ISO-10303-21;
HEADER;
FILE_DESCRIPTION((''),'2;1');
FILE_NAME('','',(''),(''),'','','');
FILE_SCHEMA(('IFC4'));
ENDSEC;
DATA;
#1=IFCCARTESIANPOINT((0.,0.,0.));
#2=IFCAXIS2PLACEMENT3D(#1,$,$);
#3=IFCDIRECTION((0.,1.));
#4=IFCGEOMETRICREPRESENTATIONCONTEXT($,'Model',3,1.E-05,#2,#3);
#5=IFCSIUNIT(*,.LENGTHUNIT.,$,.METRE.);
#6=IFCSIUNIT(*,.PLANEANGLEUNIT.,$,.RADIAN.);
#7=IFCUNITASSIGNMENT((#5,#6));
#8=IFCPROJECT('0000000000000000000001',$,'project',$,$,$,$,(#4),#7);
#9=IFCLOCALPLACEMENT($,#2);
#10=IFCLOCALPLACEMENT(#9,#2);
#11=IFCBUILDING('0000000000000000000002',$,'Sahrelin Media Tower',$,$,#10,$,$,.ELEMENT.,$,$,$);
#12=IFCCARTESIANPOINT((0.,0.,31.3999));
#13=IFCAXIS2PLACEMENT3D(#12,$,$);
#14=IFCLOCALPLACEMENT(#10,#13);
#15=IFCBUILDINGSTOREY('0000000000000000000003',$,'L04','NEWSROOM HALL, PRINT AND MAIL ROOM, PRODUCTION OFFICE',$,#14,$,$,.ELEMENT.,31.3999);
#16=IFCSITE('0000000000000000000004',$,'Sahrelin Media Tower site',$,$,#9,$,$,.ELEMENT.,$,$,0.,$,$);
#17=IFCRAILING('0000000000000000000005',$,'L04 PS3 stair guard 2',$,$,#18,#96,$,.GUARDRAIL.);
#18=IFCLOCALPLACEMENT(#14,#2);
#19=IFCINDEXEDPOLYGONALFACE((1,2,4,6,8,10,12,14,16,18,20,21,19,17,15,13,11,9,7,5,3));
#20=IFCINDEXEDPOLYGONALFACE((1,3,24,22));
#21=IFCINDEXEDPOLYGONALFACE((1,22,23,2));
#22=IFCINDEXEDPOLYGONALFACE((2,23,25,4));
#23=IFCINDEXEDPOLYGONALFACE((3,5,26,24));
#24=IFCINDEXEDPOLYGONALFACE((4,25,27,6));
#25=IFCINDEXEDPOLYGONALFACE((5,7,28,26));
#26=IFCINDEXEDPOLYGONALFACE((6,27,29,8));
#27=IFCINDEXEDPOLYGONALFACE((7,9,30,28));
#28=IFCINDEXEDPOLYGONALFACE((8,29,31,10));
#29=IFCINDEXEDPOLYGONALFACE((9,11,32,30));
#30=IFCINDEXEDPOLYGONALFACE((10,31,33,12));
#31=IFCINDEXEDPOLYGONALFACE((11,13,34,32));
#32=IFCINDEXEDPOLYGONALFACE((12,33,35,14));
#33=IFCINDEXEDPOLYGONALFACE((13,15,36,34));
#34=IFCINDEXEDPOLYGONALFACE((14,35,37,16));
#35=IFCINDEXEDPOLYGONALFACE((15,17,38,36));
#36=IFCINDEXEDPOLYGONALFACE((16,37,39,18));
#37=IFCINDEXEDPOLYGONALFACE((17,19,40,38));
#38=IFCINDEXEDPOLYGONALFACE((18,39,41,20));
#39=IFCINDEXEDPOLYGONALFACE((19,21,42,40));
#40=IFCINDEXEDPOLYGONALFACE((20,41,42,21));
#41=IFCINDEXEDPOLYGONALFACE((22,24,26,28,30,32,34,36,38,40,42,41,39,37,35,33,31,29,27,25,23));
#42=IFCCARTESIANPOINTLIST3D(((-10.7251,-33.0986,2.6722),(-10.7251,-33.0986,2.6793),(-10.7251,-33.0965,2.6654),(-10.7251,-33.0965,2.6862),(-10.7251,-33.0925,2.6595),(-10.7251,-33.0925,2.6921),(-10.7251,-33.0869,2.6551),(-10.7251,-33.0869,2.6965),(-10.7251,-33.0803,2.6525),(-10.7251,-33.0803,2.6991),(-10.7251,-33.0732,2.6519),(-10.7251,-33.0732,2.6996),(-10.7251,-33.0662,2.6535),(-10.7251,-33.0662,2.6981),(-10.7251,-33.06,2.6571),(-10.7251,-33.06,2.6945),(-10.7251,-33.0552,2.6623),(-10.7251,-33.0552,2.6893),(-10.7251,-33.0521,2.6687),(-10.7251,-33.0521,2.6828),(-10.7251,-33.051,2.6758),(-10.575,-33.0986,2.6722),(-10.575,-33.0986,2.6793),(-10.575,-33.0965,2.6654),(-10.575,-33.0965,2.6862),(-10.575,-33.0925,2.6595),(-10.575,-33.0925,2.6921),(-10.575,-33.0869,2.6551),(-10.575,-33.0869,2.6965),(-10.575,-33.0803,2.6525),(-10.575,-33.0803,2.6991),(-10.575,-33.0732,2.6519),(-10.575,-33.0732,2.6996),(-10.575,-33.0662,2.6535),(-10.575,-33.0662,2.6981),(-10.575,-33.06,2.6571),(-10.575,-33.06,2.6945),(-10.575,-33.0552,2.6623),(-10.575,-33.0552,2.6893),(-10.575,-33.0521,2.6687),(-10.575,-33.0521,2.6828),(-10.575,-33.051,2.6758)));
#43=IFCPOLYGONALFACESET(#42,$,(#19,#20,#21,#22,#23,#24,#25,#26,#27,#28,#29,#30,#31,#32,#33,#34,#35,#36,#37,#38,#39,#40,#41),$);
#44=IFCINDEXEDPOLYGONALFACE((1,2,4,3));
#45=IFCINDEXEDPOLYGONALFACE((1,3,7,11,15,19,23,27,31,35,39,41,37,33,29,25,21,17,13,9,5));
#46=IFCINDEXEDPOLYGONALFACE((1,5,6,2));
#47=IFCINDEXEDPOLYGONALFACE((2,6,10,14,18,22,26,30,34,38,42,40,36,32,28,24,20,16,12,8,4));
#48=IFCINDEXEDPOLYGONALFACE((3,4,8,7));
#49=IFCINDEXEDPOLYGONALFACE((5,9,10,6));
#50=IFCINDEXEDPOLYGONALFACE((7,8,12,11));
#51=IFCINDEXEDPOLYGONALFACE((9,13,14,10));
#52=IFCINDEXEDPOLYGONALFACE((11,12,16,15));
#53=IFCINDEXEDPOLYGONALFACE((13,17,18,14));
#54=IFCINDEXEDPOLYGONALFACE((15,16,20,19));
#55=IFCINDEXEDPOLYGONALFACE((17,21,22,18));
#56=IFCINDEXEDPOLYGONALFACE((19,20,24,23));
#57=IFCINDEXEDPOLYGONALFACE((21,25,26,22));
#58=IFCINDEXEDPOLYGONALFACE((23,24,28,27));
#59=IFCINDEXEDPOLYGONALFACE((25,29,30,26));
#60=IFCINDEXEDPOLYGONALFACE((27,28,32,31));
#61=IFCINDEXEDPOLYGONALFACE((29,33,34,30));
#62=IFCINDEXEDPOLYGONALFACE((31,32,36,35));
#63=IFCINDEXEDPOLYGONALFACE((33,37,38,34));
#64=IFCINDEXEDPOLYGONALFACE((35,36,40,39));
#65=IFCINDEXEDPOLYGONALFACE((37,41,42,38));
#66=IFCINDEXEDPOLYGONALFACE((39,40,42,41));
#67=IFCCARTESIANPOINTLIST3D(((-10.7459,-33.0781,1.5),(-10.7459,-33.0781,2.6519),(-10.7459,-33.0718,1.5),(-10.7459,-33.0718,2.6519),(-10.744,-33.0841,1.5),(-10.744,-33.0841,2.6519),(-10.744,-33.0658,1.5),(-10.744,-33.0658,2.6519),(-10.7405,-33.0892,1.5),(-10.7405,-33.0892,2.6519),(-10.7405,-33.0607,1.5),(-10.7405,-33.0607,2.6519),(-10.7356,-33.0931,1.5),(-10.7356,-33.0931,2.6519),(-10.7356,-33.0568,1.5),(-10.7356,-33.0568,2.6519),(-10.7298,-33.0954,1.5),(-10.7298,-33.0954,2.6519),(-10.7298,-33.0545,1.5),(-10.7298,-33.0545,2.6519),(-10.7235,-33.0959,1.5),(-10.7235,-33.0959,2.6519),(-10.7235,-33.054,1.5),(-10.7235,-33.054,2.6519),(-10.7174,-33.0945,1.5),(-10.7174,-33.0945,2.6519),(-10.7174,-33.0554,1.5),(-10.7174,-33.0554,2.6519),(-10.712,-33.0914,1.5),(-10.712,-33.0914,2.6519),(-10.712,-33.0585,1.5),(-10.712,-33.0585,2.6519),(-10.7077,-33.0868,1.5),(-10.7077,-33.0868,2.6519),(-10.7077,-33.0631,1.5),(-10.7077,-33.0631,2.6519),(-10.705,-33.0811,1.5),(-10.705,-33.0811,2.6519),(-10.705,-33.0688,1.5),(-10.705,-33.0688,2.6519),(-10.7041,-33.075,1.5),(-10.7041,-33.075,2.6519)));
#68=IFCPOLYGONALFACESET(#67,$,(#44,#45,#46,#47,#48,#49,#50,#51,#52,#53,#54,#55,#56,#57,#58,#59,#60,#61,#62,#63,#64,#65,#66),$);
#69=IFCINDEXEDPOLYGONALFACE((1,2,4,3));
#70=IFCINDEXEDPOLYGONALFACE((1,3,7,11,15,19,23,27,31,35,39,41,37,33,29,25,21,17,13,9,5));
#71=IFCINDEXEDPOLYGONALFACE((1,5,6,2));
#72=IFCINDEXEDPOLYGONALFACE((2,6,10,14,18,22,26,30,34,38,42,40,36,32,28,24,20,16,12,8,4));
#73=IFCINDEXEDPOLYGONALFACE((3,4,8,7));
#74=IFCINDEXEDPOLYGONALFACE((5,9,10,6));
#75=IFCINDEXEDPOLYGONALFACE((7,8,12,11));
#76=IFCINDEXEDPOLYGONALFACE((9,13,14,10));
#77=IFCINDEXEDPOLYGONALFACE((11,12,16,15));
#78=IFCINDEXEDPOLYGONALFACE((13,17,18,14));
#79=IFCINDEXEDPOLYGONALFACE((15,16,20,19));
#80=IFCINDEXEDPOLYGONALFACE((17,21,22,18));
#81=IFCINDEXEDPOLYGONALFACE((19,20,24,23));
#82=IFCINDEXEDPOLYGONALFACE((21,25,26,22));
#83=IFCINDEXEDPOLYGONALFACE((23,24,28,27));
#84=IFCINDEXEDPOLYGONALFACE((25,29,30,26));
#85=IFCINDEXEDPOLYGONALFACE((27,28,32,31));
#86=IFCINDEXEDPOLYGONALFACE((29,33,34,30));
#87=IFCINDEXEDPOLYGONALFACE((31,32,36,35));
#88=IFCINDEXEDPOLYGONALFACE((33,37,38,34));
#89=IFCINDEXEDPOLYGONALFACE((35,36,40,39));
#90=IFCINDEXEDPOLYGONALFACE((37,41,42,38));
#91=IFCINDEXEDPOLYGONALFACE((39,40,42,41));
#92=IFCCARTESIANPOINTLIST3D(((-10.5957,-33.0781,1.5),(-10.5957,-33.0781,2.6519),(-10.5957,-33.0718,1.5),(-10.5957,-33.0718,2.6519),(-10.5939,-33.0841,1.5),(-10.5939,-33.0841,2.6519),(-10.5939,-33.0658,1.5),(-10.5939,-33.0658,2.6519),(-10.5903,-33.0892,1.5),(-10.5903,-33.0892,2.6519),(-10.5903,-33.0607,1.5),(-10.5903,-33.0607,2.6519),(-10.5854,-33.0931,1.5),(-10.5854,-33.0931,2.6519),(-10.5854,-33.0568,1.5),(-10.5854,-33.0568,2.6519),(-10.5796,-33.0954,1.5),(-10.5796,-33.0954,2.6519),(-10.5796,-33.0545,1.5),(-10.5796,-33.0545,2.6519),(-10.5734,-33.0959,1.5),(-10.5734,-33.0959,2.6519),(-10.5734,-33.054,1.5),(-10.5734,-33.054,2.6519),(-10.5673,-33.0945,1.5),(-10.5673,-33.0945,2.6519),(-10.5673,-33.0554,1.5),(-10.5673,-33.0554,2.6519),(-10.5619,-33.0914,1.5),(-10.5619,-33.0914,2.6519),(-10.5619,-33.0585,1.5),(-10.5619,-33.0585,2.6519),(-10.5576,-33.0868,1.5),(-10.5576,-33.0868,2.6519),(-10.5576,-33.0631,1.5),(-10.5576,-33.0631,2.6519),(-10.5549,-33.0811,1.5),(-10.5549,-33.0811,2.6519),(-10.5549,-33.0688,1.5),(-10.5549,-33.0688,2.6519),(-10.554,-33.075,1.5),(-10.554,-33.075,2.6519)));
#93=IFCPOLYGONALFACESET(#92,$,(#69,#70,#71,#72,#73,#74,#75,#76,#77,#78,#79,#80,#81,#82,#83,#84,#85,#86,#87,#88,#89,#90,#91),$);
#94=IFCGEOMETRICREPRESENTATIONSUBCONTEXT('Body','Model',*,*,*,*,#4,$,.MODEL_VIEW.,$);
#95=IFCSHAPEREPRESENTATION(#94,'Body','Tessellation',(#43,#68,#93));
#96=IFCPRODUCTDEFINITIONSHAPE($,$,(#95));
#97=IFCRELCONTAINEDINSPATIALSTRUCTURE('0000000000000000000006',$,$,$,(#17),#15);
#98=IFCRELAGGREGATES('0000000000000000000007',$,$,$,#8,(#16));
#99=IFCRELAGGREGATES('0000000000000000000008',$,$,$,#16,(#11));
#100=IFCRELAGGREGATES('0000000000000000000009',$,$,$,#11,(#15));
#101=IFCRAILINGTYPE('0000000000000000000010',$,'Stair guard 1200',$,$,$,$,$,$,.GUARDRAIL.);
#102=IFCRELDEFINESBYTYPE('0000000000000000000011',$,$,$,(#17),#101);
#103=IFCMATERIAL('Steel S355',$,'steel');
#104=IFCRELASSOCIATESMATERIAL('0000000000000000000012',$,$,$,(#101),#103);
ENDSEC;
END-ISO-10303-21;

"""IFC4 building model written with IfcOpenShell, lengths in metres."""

from ifc_helpers import new_model, si_unit, direction, frame, origin, origin_2d, place, context, subcontext, project, spatial, circle, extrude, material, type_object, element, save


model = new_model("IFC4")

# Units and contexts
model_context = context("Model", 3, precision=1e-05, world=origin(), true_north=direction((0.0, 1.0)))
body_context = subcontext(model_context, "Body", "Model", "MODEL_VIEW")
ifc_project = project(units=[si_unit("LENGTHUNIT", "METRE"), si_unit("PLANEANGLEUNIT", "RADIAN")], contexts=[model_context])

# Site, building, storey
site_placement = place(None, origin())
site = spatial("IfcSite", under=ifc_project, at=site_placement, Name="Sahrelin Media Tower site", CompositionType="ELEMENT", RefElevation=0.0)
building_placement = place(site_placement, origin())
building = spatial("IfcBuilding", under=site, at=building_placement, Name="Sahrelin Media Tower", CompositionType="ELEMENT")
storey_placement = place(building_placement, frame((0.0, 0.0, 31.3999)))
storey = spatial("IfcBuildingStorey", under=building, at=storey_placement, Name="L04", Description="NEWSROOM HALL, PRINT AND MAIL ROOM, PRODUCTION OFFICE", CompositionType="ELEMENT", Elevation=31.3999)

# Shared definitions
ifc_material_1 = material(Name="Steel S355", Category="steel")

# Railing
railing_type_1 = type_object("IfcRailingType", Name="Stair guard 1200", PredefinedType="GUARDRAIL", material=ifc_material_1)
railing_1_placement = place(storey_placement, frame((-10.7251, -33.075, 1.5)))
element("IfcRailing", 1, at=railing_1_placement, inside=storey, type_object=railing_type_1, Name="L04 PS3 stair guard 2", PredefinedType="GUARDRAIL", context=body_context, shape_type="SweptSolid", body=[
    extrude(circle(Radius=0.0239, at=origin_2d()), frame((0.0, 0.0, 1.1758), z_axis=(1.0, 0.0, 0.0), x_axis=(0.0, 1.0, 0.0)), (0.0, 0.0, 1.0), 0.1501),
    extrude(circle(Radius=0.021, at=origin_2d()), origin(), (0.0, 0.0, 1.0), 1.1519),
    extrude(circle(Radius=0.021, at=origin_2d()), frame((0.1501, 0.0, 0.0)), (0.0, 0.0, 1.0), 1.1519),
])

save(model, "model.ifc")
